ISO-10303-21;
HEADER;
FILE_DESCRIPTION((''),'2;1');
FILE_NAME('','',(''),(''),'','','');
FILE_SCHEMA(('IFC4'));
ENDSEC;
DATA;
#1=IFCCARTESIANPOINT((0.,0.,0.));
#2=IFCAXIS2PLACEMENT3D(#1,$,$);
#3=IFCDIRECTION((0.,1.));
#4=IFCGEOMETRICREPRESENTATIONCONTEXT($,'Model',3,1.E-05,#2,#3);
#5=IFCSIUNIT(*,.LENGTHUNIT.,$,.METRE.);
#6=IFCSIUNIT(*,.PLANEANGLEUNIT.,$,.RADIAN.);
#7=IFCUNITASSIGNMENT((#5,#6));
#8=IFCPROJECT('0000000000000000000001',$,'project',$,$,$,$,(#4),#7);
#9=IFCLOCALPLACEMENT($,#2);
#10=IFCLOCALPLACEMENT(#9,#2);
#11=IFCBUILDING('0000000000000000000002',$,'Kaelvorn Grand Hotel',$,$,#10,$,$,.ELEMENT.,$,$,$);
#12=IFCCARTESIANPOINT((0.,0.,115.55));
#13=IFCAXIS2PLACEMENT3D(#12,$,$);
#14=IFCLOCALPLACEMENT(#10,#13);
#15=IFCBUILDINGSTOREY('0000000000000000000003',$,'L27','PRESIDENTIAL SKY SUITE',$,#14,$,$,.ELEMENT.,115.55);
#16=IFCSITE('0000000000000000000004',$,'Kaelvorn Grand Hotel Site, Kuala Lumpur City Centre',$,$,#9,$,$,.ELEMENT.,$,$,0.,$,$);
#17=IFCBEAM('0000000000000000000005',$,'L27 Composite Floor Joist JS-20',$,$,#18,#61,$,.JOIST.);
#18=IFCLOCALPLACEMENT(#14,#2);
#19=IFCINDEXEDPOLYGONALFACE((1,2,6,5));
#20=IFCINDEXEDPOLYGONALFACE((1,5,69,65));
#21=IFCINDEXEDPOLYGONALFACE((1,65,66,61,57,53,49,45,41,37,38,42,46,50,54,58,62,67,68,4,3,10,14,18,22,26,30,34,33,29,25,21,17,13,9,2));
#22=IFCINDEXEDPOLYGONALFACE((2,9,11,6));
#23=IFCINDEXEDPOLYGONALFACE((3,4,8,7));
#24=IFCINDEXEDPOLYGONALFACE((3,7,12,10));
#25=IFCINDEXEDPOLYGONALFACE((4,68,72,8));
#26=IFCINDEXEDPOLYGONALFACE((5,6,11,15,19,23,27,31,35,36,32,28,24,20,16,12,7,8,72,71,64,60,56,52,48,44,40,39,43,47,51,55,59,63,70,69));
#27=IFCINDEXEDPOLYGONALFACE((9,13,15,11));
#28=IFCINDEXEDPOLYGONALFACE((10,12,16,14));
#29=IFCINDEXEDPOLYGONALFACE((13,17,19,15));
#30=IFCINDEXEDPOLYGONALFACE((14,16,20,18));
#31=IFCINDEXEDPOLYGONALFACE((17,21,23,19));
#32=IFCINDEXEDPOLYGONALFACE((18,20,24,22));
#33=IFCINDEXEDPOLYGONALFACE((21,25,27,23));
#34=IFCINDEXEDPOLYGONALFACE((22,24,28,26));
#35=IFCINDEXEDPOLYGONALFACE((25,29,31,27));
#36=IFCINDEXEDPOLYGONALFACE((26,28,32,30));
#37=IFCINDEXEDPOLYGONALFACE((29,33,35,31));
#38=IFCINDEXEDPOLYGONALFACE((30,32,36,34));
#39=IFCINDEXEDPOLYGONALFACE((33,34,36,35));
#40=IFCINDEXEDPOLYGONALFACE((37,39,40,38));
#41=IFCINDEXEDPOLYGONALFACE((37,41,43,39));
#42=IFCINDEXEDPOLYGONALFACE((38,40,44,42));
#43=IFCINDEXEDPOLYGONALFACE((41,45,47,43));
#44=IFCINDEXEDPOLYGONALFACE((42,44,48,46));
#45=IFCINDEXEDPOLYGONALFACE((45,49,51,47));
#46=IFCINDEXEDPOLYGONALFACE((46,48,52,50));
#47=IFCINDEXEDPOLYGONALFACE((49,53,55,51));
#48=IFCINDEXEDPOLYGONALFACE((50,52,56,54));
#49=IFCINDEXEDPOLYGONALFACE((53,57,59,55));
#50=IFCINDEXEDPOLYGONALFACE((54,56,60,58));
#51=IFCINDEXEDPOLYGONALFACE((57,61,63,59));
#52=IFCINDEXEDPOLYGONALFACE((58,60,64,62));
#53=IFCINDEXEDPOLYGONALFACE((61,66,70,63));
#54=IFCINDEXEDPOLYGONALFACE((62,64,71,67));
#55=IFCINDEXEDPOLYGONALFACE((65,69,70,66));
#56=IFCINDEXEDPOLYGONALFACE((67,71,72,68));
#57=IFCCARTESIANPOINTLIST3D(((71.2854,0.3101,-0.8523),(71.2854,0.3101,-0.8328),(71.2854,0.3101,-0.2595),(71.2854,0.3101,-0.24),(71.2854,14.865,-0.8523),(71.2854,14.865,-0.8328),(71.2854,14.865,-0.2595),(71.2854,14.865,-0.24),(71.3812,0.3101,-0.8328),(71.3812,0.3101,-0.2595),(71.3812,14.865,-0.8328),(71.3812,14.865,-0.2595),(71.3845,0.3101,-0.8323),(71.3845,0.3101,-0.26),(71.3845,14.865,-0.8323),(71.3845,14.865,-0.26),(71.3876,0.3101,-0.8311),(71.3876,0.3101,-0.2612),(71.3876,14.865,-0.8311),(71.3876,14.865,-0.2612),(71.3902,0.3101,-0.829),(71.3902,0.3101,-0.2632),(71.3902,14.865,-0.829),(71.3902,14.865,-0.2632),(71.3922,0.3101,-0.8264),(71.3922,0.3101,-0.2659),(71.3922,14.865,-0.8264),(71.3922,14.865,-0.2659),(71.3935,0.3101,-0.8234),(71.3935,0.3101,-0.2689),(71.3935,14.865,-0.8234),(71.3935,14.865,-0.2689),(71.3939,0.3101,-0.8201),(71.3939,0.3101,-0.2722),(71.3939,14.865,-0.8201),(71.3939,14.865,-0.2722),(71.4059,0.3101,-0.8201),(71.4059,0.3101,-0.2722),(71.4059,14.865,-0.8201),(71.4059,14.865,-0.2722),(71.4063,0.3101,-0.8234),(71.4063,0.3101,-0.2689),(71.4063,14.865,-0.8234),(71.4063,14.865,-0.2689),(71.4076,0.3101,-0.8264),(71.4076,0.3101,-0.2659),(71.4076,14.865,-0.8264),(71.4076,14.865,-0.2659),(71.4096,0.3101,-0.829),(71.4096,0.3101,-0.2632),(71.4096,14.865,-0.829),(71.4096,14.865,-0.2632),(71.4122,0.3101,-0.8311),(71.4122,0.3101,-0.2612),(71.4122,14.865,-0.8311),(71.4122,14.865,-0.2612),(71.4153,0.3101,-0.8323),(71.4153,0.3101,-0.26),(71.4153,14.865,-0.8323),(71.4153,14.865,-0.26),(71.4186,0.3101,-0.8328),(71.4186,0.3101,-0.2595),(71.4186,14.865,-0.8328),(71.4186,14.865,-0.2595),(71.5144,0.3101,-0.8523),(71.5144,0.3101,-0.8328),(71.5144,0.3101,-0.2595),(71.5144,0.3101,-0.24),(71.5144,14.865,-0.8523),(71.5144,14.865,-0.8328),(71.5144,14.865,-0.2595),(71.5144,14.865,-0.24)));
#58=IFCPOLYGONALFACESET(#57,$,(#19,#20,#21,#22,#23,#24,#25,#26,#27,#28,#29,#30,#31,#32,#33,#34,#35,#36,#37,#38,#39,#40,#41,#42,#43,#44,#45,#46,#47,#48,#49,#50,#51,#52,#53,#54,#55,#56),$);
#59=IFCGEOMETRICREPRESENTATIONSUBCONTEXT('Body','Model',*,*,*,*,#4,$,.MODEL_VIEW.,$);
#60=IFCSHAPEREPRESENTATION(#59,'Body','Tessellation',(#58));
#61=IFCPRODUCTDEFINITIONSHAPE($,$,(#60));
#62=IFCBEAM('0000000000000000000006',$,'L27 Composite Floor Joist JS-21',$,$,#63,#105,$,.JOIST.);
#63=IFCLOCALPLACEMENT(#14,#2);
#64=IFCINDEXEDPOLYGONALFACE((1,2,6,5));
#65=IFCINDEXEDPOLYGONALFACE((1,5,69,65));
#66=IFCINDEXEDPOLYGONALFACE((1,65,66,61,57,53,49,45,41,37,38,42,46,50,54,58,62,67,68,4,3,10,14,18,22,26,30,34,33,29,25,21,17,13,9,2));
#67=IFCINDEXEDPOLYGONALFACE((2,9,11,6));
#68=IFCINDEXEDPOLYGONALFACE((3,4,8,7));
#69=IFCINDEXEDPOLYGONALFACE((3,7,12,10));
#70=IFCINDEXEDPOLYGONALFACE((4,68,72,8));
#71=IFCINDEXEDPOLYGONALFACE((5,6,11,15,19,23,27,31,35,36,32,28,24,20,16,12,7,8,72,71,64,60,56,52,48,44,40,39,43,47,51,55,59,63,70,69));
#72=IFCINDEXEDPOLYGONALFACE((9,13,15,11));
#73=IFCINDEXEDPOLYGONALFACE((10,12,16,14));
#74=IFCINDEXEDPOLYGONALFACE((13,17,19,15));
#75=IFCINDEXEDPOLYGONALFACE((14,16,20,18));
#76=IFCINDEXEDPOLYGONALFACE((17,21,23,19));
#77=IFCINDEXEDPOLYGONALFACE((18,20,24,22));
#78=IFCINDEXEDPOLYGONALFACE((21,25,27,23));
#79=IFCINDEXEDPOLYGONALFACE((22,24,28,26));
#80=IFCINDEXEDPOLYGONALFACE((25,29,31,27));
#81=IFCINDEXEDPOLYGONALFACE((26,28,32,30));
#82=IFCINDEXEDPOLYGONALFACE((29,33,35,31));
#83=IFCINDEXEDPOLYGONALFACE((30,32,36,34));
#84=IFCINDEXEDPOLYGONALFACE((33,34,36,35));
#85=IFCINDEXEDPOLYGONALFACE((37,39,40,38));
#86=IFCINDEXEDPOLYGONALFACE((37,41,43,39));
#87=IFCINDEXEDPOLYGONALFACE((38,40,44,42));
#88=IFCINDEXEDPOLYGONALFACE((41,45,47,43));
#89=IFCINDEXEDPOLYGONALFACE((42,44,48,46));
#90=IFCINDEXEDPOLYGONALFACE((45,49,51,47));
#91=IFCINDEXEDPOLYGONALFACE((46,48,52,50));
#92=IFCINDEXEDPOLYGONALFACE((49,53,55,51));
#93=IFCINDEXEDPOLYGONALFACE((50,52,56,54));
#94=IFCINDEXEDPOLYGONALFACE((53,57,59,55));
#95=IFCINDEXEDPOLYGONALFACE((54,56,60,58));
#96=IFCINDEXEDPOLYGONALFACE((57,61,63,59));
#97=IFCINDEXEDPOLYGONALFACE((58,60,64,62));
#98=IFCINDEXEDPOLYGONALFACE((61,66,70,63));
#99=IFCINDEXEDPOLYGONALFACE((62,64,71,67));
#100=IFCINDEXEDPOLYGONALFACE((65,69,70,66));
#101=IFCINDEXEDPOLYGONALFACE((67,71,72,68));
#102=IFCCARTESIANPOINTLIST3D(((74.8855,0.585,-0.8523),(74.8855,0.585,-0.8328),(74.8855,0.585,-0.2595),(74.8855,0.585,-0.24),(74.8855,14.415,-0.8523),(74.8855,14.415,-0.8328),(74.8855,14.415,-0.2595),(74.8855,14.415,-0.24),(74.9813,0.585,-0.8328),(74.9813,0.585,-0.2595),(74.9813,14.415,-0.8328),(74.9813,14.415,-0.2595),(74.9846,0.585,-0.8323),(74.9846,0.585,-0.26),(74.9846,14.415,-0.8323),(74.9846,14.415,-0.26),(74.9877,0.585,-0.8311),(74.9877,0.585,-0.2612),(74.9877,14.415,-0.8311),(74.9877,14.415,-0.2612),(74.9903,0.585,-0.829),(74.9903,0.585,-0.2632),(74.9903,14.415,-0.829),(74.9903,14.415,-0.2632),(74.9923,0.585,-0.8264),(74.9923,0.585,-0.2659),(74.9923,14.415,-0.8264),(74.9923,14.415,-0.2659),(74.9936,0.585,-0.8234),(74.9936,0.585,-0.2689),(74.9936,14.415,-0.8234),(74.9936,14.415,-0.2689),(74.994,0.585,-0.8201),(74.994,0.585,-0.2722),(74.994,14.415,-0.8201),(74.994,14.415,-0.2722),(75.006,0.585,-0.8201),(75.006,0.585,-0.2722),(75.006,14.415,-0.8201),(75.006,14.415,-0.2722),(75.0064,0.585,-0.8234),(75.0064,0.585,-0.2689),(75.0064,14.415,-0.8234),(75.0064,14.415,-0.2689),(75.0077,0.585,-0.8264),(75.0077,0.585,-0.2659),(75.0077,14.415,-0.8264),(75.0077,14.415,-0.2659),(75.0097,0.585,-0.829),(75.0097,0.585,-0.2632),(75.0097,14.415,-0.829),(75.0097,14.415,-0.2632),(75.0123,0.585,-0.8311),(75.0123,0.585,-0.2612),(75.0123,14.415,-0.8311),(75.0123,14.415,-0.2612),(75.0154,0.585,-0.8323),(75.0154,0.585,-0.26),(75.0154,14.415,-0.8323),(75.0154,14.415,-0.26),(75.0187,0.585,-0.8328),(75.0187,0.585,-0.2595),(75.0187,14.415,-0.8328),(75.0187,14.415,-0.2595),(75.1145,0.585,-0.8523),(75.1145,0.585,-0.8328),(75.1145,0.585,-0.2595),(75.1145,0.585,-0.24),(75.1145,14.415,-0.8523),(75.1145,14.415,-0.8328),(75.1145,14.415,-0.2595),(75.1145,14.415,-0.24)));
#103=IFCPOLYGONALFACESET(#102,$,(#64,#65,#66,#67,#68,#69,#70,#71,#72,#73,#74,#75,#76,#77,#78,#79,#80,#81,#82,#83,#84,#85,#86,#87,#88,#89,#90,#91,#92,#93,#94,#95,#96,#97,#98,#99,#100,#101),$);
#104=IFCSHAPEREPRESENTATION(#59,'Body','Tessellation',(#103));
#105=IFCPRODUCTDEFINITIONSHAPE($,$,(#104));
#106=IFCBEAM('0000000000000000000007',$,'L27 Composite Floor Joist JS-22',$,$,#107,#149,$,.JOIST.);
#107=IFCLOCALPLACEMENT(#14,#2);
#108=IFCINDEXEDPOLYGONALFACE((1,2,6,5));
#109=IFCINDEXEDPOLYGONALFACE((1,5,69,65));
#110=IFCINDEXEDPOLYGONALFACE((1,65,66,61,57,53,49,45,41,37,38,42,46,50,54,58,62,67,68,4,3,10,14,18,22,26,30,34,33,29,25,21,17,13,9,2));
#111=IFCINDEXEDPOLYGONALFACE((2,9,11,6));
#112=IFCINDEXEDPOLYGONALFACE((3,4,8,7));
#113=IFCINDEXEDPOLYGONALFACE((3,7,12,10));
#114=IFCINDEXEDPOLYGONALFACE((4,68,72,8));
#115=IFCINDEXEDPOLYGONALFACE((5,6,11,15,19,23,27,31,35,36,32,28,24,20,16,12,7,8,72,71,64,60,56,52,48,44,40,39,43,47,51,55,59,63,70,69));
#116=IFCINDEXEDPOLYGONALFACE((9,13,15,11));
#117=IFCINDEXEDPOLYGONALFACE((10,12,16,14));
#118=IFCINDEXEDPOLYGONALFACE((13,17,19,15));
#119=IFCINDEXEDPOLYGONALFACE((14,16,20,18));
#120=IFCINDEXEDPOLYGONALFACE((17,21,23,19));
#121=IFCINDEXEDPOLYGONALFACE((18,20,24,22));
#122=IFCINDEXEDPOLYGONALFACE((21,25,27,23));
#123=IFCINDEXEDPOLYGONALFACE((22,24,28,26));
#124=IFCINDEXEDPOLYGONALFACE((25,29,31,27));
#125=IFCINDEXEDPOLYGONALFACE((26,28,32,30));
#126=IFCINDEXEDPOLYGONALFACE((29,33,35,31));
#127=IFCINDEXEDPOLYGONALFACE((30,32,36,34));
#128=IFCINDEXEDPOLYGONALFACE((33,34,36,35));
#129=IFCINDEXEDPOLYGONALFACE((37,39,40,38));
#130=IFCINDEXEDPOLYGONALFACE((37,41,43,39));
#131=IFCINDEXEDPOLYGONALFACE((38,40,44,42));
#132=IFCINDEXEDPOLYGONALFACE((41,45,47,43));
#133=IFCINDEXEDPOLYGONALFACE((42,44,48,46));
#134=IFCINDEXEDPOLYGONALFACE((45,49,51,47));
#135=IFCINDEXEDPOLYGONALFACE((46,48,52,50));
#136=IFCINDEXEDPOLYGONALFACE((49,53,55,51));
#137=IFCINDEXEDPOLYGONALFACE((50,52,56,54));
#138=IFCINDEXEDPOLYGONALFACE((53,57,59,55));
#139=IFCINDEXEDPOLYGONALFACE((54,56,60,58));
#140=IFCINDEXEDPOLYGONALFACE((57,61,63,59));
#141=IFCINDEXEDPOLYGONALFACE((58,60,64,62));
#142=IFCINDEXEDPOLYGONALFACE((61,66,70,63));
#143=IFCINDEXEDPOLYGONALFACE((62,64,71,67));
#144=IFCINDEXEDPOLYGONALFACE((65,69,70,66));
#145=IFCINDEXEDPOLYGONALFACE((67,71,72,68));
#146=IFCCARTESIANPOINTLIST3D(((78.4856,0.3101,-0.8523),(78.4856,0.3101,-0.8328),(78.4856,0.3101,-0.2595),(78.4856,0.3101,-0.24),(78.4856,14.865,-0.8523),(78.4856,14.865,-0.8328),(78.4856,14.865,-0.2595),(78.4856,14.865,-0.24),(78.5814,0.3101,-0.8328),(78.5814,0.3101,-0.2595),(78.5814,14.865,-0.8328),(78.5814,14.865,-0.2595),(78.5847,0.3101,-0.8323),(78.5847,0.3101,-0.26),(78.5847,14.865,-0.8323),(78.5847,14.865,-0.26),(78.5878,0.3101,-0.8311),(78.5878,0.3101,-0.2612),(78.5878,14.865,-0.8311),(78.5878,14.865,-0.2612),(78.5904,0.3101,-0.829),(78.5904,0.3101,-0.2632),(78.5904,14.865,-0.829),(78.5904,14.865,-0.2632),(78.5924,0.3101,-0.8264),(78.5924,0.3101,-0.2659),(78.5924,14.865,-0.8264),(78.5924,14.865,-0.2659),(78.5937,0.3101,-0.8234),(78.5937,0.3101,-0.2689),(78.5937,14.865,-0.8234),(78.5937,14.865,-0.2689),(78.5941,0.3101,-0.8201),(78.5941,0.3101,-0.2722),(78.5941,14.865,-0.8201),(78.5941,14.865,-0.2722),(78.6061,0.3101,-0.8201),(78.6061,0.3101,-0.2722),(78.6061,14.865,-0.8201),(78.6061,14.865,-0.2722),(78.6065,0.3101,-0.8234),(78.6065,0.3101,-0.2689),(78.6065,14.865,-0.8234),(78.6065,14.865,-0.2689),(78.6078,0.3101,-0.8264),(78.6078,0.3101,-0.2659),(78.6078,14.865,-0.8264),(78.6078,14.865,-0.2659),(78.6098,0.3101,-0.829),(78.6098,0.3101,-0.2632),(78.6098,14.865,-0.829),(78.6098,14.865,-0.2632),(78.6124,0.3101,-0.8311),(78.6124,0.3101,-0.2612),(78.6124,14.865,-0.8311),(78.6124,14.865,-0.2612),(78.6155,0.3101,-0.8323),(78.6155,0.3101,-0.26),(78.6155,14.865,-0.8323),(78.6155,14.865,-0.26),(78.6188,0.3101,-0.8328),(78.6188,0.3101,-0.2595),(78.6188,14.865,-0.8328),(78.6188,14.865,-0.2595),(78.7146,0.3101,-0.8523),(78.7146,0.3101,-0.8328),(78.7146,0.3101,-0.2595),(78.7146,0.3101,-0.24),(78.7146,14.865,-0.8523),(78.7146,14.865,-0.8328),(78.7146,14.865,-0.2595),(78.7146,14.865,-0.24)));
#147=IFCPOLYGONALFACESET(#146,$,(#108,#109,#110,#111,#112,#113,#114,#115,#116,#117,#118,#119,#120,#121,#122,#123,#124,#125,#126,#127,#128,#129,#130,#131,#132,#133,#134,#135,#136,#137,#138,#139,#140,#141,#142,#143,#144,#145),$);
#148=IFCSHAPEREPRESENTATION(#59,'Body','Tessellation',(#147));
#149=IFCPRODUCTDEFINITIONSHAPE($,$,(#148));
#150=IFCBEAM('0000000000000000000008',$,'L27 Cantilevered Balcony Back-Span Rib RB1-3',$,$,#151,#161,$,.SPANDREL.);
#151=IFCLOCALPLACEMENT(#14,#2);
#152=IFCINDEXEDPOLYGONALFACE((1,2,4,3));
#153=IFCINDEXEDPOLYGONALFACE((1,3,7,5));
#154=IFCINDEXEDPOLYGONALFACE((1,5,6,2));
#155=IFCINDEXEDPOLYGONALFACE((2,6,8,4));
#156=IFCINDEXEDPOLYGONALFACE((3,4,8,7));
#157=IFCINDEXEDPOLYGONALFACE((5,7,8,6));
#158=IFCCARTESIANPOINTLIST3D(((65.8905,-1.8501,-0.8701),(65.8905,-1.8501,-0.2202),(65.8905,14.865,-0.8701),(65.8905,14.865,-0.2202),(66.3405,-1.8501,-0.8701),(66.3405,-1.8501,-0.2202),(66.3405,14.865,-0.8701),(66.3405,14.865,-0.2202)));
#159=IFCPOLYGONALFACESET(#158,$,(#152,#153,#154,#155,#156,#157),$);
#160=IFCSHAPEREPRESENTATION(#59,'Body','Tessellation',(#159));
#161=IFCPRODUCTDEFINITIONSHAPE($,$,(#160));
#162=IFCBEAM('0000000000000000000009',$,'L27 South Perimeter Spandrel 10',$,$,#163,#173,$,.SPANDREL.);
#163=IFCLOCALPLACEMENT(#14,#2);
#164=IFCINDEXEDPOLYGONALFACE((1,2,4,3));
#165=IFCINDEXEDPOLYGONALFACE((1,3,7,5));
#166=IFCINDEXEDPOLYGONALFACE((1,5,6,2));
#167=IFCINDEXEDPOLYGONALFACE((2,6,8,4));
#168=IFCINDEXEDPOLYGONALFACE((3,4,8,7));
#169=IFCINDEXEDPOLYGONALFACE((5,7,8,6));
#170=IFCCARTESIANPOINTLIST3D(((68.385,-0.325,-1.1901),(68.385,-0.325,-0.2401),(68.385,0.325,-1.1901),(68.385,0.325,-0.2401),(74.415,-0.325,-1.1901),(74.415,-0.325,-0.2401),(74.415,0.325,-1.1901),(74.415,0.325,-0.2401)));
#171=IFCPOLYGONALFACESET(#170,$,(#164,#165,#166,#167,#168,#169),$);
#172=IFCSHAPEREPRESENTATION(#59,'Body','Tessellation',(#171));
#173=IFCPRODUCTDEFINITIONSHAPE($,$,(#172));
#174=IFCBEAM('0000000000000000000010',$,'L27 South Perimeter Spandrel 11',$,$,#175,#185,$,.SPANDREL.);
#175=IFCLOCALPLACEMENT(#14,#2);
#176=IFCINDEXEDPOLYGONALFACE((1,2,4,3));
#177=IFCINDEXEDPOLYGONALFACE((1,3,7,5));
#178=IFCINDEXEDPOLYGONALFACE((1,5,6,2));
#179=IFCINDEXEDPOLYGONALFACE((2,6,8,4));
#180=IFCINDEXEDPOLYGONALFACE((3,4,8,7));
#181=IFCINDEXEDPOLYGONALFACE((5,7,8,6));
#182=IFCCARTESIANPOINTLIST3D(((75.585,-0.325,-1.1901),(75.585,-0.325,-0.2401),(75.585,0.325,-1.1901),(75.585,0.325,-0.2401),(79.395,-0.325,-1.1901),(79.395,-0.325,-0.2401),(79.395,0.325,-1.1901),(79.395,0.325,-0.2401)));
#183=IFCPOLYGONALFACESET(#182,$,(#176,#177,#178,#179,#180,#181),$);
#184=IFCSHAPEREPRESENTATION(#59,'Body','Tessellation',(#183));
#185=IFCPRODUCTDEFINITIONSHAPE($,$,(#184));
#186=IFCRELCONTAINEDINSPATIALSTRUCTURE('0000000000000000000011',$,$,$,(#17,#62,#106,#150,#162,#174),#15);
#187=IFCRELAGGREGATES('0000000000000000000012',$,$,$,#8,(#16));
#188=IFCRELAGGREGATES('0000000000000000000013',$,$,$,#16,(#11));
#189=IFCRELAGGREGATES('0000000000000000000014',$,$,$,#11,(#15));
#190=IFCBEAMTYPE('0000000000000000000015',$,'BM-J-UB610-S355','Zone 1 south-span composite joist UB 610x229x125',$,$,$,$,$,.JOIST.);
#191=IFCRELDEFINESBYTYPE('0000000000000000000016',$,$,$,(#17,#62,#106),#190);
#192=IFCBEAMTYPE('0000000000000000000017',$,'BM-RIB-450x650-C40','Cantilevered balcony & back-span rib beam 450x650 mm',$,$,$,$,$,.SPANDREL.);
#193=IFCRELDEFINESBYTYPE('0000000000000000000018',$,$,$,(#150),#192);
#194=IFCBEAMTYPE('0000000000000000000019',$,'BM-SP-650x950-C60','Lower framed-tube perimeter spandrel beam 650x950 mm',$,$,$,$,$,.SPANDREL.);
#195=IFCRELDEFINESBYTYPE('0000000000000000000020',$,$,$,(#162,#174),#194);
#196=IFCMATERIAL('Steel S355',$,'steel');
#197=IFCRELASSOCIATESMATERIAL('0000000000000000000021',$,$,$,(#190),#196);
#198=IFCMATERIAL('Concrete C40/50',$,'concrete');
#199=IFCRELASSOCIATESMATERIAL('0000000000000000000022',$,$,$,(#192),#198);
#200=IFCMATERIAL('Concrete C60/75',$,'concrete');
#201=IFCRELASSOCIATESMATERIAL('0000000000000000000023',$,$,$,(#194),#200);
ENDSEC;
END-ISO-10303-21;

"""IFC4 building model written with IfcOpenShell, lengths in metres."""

from ifc_helpers import new_model, si_unit, direction, frame, origin, origin_2d, place, context, subcontext, project, spatial, rectangle, i_section, extrude, material, material_profile, profile_set, type_object, element, save


model = new_model("IFC4")

# Units and contexts
model_context = context("Model", 3, precision=1e-05, world=origin(), true_north=direction((0.0, 1.0)))
body_context = subcontext(model_context, "Body", "Model", "MODEL_VIEW")
ifc_project = project(units=[si_unit("LENGTHUNIT", "METRE"), si_unit("PLANEANGLEUNIT", "RADIAN")], contexts=[model_context])

# Site, building, storey
site_placement = place(None, origin())
site = spatial("IfcSite", under=ifc_project, at=site_placement, Name="Kaelvorn Grand Hotel Site, Kuala Lumpur City Centre", CompositionType="ELEMENT", RefElevation=0.0)
building_placement = place(site_placement, origin())
building = spatial("IfcBuilding", under=site, at=building_placement, Name="Kaelvorn Grand Hotel", CompositionType="ELEMENT")
storey_placement = place(building_placement, frame((0.0, 0.0, 115.55)))
storey = spatial("IfcBuildingStorey", under=building, at=storey_placement, Name="L27", Description="PRESIDENTIAL SKY SUITE", CompositionType="ELEMENT", Elevation=115.55)

# Shared definitions
ifc_material_1 = material(Name="Concrete C60/75", Category="concrete")

# Beams
ifc_material_2 = material(Name="Steel S355", Category="steel")
ifc_material_profile_1 = material_profile(ifc_material_2, i_section(OverallWidth=0.229, OverallDepth=0.6123, WebThickness=0.012, FlangeThickness=0.0195, FilletRadius=0.0127, at=origin_2d()), Name="UB 610x229x125")
ifc_profile_set_1 = profile_set([ifc_material_profile_1], Name="Steel S355")
beam_type_1 = type_object("IfcBeamType", Name="BM-J-UB610-S355", Description="Zone 1 south-span composite joist UB 610x229x125", PredefinedType="JOIST", material=ifc_profile_set_1)
beam_1_placement = place(storey_placement, frame((71.3999, 0.3101, -0.5461), z_axis=(0.0, 1.0, 0.0), x_axis=(-1.0, 0.0, 0.0)))
element("IfcBeam", 1, at=beam_1_placement, inside=storey, type_object=beam_type_1, Name="L27 Composite Floor Joist JS-20", PredefinedType="JOIST", context=body_context, shape_type="SweptSolid", body=[
    extrude(i_section(OverallWidth=0.229, OverallDepth=0.6123, WebThickness=0.012, FlangeThickness=0.0195, FilletRadius=0.0127, at=origin_2d()), origin(), (0.0, 0.0, 1.0), 14.5549),
])
beam_2_placement = place(storey_placement, frame((75.0, 0.585, -0.5461), z_axis=(0.0, 1.0, 0.0), x_axis=(-1.0, 0.0, 0.0)))
element("IfcBeam", 2, at=beam_2_placement, inside=storey, type_object=beam_type_1, Name="L27 Composite Floor Joist JS-21", PredefinedType="JOIST", context=body_context, shape_type="SweptSolid", body=[
    extrude(i_section(OverallWidth=0.229, OverallDepth=0.6123, WebThickness=0.012, FlangeThickness=0.0195, FilletRadius=0.0127, at=origin_2d()), origin(), (0.0, 0.0, 1.0), 13.8301),
])
beam_3_placement = place(storey_placement, frame((78.6001, 0.3101, -0.5461), z_axis=(0.0, 1.0, 0.0), x_axis=(-1.0, 0.0, 0.0)))
element("IfcBeam", 3, at=beam_3_placement, inside=storey, type_object=beam_type_1, Name="L27 Composite Floor Joist JS-22", PredefinedType="JOIST", context=body_context, shape_type="SweptSolid", body=[
    extrude(i_section(OverallWidth=0.229, OverallDepth=0.6123, WebThickness=0.012, FlangeThickness=0.0195, FilletRadius=0.0127, at=origin_2d()), origin(), (0.0, 0.0, 1.0), 14.5549),
])
ifc_material_3 = material(Name="Concrete C40/50", Category="concrete")
ifc_material_profile_2 = material_profile(ifc_material_3, rectangle(XDim=0.45, YDim=0.6499, at=origin_2d()), Name="RC RIB 450x650")
ifc_profile_set_2 = profile_set([ifc_material_profile_2], Name="Concrete C40/50")
beam_type_2 = type_object("IfcBeamType", Name="BM-RIB-450x650-C40", Description="Cantilevered balcony & back-span rib beam 450x650 mm", PredefinedType="SPANDREL", material=ifc_profile_set_2)
beam_4_placement = place(storey_placement, frame((66.1155, -1.8501, -0.5452), z_axis=(0.0, 1.0, 0.0), x_axis=(-1.0, 0.0, 0.0)))
element("IfcBeam", 4, at=beam_4_placement, inside=storey, type_object=beam_type_2, Name="L27 Cantilevered Balcony Back-Span Rib RB1-3", PredefinedType="SPANDREL", context=body_context, shape_type="SweptSolid", body=[
    extrude(rectangle(XDim=0.45, YDim=0.6499, at=origin_2d()), origin(), (0.0, 0.0, 1.0), 16.7151),
])
ifc_material_profile_3 = material_profile(ifc_material_1, rectangle(XDim=0.6499, YDim=0.95, at=origin_2d()), Name="RC SPANDREL 650x950")
ifc_profile_set_3 = profile_set([ifc_material_profile_3], Name="Concrete C60/75")
beam_type_3 = type_object("IfcBeamType", Name="BM-SP-650x950-C60", Description="Lower framed-tube perimeter spandrel beam 650x950 mm", PredefinedType="SPANDREL", material=ifc_profile_set_3)
beam_5_placement = place(storey_placement, frame((68.385, 0.0, -0.7151), z_axis=(1.0, 0.0, 0.0), x_axis=(0.0, 1.0, 0.0)))
element("IfcBeam", 5, at=beam_5_placement, inside=storey, type_object=beam_type_3, Name="L27 South Perimeter Spandrel 10", PredefinedType="SPANDREL", context=body_context, shape_type="SweptSolid", body=[
    extrude(rectangle(XDim=0.6499, YDim=0.95, at=origin_2d()), origin(), (0.0, 0.0, 1.0), 6.03),
])
beam_6_placement = place(storey_placement, frame((75.585, 0.0, -0.7151), z_axis=(1.0, 0.0, 0.0), x_axis=(0.0, 1.0, 0.0)))
element("IfcBeam", 6, at=beam_6_placement, inside=storey, type_object=beam_type_3, Name="L27 South Perimeter Spandrel 11", PredefinedType="SPANDREL", context=body_context, shape_type="SweptSolid", body=[
    extrude(rectangle(XDim=0.6499, YDim=0.95, at=origin_2d()), origin(), (0.0, 0.0, 1.0), 3.8101),
])

save(model, "model.ifc")
